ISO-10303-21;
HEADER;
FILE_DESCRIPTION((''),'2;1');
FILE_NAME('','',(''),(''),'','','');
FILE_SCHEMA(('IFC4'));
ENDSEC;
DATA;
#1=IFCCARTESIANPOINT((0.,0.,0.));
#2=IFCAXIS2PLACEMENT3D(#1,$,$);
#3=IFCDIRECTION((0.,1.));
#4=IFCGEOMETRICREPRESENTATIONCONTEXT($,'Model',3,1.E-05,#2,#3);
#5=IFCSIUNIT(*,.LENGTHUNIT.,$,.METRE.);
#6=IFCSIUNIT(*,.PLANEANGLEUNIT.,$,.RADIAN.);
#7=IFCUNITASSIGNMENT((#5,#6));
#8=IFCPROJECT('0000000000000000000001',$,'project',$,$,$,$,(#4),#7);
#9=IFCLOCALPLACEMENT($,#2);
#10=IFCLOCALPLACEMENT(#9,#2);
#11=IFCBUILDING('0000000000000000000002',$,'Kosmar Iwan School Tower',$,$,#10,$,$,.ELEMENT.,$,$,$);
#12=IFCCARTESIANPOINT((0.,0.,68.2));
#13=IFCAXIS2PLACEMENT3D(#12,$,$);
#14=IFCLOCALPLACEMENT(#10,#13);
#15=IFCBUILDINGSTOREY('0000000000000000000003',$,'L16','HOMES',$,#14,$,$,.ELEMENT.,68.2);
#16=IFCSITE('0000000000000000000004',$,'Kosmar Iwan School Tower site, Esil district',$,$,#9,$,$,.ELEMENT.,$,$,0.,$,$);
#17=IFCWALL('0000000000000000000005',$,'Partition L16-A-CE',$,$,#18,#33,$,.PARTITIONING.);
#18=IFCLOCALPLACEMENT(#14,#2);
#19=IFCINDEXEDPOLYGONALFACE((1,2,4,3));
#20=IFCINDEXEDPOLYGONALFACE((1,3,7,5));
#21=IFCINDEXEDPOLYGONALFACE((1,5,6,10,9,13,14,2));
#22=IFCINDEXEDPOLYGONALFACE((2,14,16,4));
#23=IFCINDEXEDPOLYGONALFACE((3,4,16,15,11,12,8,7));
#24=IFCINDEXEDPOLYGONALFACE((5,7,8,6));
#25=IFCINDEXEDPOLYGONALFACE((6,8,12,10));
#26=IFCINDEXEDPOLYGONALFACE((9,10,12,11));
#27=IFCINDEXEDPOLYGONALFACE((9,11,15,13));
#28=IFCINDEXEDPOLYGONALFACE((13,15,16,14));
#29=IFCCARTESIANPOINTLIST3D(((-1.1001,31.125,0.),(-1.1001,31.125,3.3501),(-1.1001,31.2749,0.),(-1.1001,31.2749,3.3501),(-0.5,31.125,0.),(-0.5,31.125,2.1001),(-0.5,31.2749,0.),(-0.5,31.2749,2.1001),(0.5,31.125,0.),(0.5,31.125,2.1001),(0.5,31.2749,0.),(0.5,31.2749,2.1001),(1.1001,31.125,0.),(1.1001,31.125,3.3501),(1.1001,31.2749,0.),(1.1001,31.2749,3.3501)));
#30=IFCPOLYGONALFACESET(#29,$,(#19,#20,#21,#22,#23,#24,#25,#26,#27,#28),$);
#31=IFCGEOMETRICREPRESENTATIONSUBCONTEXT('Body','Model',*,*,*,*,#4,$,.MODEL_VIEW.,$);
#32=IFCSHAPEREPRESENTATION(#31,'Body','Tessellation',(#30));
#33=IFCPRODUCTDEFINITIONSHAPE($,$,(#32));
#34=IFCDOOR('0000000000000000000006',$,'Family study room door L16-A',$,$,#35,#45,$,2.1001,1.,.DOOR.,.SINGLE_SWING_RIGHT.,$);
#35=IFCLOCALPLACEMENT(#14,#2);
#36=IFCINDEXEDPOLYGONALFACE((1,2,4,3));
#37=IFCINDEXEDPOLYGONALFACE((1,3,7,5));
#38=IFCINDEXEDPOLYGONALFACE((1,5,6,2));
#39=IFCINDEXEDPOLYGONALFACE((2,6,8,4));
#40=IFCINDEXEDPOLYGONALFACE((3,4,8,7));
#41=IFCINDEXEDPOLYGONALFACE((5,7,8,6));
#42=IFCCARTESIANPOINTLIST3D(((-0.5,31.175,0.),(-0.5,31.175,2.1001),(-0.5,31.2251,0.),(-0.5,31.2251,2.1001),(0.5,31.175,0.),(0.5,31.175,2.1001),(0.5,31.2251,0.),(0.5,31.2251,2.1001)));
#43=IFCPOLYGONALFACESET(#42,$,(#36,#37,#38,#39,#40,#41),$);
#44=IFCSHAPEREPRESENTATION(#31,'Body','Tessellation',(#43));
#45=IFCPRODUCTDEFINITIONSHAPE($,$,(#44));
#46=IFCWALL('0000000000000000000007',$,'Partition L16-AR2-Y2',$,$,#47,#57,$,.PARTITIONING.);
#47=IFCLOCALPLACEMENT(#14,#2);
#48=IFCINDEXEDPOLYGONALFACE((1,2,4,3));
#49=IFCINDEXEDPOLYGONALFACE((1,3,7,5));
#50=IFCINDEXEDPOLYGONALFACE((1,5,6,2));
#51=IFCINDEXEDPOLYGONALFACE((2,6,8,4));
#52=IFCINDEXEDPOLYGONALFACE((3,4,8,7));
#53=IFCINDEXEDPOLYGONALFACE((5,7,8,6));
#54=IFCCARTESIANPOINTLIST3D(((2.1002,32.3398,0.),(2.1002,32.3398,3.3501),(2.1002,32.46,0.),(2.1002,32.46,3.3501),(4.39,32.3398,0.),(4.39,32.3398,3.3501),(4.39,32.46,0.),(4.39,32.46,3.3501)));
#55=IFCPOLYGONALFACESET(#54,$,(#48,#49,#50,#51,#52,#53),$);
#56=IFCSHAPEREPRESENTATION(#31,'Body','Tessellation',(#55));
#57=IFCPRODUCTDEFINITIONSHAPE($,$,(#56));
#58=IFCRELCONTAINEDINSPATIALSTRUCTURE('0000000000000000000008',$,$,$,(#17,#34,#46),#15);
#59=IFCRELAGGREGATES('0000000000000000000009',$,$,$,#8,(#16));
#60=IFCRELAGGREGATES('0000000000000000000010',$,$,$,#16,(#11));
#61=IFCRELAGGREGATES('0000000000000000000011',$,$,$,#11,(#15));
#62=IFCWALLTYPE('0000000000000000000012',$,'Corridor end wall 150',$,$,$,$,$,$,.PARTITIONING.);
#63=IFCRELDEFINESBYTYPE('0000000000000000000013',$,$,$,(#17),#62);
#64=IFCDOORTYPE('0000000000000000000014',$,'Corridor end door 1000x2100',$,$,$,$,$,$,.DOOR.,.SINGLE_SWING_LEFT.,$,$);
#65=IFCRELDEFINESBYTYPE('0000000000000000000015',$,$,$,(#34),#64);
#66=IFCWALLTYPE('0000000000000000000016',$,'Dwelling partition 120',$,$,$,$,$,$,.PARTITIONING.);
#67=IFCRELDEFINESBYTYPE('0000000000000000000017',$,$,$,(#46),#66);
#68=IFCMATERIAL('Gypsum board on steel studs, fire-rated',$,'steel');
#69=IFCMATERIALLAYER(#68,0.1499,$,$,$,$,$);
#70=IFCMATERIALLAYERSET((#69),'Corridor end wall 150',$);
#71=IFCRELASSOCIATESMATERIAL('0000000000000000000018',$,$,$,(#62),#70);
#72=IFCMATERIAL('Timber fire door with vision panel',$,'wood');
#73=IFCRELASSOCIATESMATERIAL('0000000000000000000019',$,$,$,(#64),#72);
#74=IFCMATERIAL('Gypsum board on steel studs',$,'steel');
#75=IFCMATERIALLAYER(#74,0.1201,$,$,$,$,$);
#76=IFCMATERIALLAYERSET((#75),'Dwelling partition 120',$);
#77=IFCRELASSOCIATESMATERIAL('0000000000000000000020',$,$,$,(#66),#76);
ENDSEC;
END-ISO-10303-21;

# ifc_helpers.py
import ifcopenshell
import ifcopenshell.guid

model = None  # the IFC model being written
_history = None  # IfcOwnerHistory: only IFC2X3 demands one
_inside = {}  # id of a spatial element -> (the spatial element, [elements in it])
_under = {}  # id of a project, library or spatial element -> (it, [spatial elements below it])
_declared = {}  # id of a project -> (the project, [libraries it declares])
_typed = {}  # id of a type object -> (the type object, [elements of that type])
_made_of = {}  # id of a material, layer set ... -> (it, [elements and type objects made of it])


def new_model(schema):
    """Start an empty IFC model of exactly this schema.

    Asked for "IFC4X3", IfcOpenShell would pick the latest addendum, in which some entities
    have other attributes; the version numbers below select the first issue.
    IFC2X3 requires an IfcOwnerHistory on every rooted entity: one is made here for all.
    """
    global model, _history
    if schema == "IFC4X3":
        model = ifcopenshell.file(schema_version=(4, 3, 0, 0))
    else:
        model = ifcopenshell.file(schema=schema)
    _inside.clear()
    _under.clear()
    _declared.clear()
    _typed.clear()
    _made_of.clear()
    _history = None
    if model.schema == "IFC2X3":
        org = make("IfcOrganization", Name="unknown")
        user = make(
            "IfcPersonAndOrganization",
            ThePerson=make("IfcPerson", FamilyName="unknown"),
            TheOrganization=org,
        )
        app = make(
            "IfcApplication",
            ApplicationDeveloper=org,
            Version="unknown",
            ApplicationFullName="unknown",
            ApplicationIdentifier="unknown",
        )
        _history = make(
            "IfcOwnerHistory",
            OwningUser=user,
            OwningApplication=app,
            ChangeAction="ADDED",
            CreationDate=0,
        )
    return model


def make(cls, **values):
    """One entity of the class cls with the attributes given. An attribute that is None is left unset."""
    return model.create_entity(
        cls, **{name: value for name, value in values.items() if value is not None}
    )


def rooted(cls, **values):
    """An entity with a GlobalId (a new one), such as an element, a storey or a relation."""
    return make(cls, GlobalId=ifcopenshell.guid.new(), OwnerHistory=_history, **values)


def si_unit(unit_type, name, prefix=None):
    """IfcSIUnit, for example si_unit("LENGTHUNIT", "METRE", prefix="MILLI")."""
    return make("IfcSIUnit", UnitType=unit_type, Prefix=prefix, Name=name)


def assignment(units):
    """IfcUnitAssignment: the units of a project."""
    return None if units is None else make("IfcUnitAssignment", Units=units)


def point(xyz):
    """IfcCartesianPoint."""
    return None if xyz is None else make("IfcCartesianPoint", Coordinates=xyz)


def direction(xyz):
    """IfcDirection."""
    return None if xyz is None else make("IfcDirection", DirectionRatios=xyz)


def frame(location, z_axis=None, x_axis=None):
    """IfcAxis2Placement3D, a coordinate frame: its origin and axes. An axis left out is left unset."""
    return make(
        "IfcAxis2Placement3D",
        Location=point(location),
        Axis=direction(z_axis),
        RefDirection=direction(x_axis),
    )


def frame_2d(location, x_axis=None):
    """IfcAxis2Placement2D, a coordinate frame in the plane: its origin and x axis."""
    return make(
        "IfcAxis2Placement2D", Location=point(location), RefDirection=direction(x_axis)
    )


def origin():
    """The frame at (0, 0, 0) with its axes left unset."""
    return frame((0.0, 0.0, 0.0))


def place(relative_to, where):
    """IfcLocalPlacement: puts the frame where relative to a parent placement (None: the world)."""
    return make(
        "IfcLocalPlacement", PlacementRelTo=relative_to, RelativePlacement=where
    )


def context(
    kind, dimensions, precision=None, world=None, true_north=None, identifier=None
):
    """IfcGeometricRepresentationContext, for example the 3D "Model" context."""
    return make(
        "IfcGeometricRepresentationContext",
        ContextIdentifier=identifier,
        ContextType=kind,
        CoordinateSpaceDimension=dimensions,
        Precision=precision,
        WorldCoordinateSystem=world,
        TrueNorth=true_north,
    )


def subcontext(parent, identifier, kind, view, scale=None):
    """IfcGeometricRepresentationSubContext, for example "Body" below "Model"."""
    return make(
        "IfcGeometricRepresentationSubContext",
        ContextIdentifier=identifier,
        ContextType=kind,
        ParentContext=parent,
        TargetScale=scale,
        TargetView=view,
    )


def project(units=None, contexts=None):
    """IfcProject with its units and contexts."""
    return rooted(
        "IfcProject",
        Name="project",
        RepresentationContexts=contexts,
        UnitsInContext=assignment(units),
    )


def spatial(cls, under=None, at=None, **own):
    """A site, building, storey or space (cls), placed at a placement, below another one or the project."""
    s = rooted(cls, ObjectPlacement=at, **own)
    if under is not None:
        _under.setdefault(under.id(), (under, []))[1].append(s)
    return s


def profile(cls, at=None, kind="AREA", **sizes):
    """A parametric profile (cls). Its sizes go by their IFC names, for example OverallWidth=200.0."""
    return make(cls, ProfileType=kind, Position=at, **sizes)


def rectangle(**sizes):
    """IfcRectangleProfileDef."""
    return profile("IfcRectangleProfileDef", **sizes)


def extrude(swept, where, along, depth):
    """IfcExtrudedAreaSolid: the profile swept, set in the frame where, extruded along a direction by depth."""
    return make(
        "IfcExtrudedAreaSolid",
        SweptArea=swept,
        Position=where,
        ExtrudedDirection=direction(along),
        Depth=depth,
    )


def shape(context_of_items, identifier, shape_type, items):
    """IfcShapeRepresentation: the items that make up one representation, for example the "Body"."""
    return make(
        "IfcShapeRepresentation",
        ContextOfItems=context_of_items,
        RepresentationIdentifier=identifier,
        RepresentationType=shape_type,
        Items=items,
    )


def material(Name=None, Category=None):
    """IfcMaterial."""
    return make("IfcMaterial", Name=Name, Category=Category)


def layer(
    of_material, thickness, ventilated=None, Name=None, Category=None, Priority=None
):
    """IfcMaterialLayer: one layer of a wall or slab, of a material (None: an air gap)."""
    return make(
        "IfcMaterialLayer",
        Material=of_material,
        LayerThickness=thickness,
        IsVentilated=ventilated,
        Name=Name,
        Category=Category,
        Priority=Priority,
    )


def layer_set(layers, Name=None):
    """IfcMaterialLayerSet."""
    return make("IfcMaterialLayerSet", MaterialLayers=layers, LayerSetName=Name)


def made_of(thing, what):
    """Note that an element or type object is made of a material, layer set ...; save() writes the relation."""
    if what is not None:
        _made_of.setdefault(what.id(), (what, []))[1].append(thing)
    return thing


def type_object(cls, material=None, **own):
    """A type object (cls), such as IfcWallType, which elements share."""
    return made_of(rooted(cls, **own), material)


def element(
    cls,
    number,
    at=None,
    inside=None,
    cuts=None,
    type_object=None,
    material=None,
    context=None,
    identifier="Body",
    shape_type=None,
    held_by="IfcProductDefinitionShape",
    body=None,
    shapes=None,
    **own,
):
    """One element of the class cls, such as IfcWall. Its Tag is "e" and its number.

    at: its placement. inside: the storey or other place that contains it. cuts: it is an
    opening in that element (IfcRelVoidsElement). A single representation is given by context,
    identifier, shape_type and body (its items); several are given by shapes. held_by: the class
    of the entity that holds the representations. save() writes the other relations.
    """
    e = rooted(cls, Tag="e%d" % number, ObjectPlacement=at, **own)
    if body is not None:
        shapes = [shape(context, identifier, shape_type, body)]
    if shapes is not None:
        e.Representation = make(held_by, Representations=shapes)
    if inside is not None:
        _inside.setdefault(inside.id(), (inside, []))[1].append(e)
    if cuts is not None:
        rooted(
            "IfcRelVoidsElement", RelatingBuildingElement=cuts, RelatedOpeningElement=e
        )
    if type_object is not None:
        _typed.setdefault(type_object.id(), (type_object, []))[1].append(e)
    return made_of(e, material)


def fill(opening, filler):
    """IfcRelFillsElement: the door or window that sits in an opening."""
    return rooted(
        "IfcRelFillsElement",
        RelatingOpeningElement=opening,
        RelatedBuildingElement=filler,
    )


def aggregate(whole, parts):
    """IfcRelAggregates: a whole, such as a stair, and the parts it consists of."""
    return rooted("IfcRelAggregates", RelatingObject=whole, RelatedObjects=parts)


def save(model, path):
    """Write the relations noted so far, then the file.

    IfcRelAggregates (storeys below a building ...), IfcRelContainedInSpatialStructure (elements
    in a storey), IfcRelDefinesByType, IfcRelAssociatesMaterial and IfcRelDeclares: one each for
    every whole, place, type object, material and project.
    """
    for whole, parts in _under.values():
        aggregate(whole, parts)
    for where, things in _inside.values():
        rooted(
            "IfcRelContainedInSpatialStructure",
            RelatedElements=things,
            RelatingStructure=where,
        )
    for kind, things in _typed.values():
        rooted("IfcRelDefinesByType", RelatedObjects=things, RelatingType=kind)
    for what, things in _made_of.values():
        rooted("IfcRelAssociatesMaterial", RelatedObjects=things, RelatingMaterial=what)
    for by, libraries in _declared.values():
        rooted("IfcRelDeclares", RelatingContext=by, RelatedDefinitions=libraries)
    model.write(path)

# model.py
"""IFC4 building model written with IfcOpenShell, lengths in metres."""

from ifc_helpers import new_model, si_unit, direction, frame, frame_2d, origin, place, context, subcontext, project, spatial, rectangle, extrude, material, layer, layer_set, type_object, element, fill, save


model = new_model("IFC4")

# Units and contexts
model_context = context("Model", 3, precision=1e-05, world=origin(), true_north=direction((0.0, 1.0)))
body_context = subcontext(model_context, "Body", "Model", "MODEL_VIEW")
ifc_project = project(units=[si_unit("LENGTHUNIT", "METRE"), si_unit("PLANEANGLEUNIT", "RADIAN")], contexts=[model_context])

# Site, building, storey
site_placement = place(None, origin())
site = spatial("IfcSite", under=ifc_project, at=site_placement, Name="Kosmar Iwan School Tower site, Esil district", CompositionType="ELEMENT", RefElevation=0.0)
building_placement = place(site_placement, origin())
building = spatial("IfcBuilding", under=site, at=building_placement, Name="Kosmar Iwan School Tower", CompositionType="ELEMENT")
storey_placement = place(building_placement, frame((0.0, 0.0, 68.2)))
storey = spatial("IfcBuildingStorey", under=building, at=storey_placement, Name="L16", Description="HOMES", CompositionType="ELEMENT", Elevation=68.2)

# Wall, opening, door
ifc_material_1 = material(Name="Gypsum board on steel studs, fire-rated", Category="steel")
ifc_layer_1 = layer(ifc_material_1, 0.1499)
ifc_layer_set_1 = layer_set([ifc_layer_1], Name="Corridor end wall 150")
wall_type_1 = type_object("IfcWallType", Name="Corridor end wall 150", PredefinedType="PARTITIONING", material=ifc_layer_set_1)
wall_1_placement = place(storey_placement, frame((1.1001, 31.2, 0.0), z_axis=(0.0, 0.0, 1.0), x_axis=(-1.0, 0.0, 0.0)))
wall_1 = element("IfcWall", 1, at=wall_1_placement, inside=storey, type_object=wall_type_1, Name="Partition L16-A-CE", PredefinedType="PARTITIONING", context=body_context, shape_type="SweptSolid", body=[
    extrude(rectangle(XDim=2.2002, YDim=0.1499, at=frame_2d((1.1001, 0.0))), origin(), (0.0, 0.0, 1.0), 3.3501),
])
opening_placement = place(wall_1_placement, frame((0.6001, 0.0, 0.0)))
opening = element("IfcOpeningElement", 2, at=opening_placement, cuts=wall_1, PredefinedType="OPENING", context=body_context, shape_type="SweptSolid", body=[
    extrude(rectangle(XDim=1.0, YDim=2.1001, at=frame_2d((0.5, 1.05))), frame((0.0, 0.0869, 0.0), z_axis=(0.0, -1.0, 0.0), x_axis=(1.0, 0.0, 0.0)), (0.0, 0.0, 1.0), 0.1738),
])
ifc_material_2 = material(Name="Timber fire door with vision panel", Category="wood")
door_type = type_object("IfcDoorType", Name="Corridor end door 1000x2100", OperationType="SINGLE_SWING_LEFT", PredefinedType="DOOR", material=ifc_material_2)
door_placement = place(opening_placement, origin())
door = element("IfcDoor", 3, at=door_placement, inside=storey, type_object=door_type, Name="Family study room door L16-A", OperationType="SINGLE_SWING_RIGHT", OverallHeight=2.1001, OverallWidth=1.0, PredefinedType="DOOR", context=body_context, shape_type="SweptSolid", body=[
    extrude(rectangle(XDim=1.0, YDim=2.1001, at=frame_2d((0.5, 1.05))), frame((0.0, 0.0249, 0.0), z_axis=(0.0, -1.0, 0.0), x_axis=(1.0, 0.0, 0.0)), (0.0, 0.0, 1.0), 0.05),
])
fill(opening, door)

# Wall
ifc_material_3 = material(Name="Gypsum board on steel studs", Category="steel")
ifc_layer_2 = layer(ifc_material_3, 0.1201)
ifc_layer_set_2 = layer_set([ifc_layer_2], Name="Dwelling partition 120")
wall_type_2 = type_object("IfcWallType", Name="Dwelling partition 120", PredefinedType="PARTITIONING", material=ifc_layer_set_2)
wall_2_placement = place(storey_placement, frame((2.1001, 32.3999, 0.0), z_axis=(0.0, 0.0, 1.0), x_axis=(1.0, 0.0, 0.0)))
element("IfcWall", 4, at=wall_2_placement, inside=storey, type_object=wall_type_2, Name="Partition L16-AR2-Y2", PredefinedType="PARTITIONING", context=body_context, shape_type="SweptSolid", body=[
    extrude(rectangle(XDim=2.2898, YDim=0.1201, at=frame_2d((1.145, 0.0))), origin(), (0.0, 0.0, 1.0), 3.3501),
])

save(model, "model.ifc")
